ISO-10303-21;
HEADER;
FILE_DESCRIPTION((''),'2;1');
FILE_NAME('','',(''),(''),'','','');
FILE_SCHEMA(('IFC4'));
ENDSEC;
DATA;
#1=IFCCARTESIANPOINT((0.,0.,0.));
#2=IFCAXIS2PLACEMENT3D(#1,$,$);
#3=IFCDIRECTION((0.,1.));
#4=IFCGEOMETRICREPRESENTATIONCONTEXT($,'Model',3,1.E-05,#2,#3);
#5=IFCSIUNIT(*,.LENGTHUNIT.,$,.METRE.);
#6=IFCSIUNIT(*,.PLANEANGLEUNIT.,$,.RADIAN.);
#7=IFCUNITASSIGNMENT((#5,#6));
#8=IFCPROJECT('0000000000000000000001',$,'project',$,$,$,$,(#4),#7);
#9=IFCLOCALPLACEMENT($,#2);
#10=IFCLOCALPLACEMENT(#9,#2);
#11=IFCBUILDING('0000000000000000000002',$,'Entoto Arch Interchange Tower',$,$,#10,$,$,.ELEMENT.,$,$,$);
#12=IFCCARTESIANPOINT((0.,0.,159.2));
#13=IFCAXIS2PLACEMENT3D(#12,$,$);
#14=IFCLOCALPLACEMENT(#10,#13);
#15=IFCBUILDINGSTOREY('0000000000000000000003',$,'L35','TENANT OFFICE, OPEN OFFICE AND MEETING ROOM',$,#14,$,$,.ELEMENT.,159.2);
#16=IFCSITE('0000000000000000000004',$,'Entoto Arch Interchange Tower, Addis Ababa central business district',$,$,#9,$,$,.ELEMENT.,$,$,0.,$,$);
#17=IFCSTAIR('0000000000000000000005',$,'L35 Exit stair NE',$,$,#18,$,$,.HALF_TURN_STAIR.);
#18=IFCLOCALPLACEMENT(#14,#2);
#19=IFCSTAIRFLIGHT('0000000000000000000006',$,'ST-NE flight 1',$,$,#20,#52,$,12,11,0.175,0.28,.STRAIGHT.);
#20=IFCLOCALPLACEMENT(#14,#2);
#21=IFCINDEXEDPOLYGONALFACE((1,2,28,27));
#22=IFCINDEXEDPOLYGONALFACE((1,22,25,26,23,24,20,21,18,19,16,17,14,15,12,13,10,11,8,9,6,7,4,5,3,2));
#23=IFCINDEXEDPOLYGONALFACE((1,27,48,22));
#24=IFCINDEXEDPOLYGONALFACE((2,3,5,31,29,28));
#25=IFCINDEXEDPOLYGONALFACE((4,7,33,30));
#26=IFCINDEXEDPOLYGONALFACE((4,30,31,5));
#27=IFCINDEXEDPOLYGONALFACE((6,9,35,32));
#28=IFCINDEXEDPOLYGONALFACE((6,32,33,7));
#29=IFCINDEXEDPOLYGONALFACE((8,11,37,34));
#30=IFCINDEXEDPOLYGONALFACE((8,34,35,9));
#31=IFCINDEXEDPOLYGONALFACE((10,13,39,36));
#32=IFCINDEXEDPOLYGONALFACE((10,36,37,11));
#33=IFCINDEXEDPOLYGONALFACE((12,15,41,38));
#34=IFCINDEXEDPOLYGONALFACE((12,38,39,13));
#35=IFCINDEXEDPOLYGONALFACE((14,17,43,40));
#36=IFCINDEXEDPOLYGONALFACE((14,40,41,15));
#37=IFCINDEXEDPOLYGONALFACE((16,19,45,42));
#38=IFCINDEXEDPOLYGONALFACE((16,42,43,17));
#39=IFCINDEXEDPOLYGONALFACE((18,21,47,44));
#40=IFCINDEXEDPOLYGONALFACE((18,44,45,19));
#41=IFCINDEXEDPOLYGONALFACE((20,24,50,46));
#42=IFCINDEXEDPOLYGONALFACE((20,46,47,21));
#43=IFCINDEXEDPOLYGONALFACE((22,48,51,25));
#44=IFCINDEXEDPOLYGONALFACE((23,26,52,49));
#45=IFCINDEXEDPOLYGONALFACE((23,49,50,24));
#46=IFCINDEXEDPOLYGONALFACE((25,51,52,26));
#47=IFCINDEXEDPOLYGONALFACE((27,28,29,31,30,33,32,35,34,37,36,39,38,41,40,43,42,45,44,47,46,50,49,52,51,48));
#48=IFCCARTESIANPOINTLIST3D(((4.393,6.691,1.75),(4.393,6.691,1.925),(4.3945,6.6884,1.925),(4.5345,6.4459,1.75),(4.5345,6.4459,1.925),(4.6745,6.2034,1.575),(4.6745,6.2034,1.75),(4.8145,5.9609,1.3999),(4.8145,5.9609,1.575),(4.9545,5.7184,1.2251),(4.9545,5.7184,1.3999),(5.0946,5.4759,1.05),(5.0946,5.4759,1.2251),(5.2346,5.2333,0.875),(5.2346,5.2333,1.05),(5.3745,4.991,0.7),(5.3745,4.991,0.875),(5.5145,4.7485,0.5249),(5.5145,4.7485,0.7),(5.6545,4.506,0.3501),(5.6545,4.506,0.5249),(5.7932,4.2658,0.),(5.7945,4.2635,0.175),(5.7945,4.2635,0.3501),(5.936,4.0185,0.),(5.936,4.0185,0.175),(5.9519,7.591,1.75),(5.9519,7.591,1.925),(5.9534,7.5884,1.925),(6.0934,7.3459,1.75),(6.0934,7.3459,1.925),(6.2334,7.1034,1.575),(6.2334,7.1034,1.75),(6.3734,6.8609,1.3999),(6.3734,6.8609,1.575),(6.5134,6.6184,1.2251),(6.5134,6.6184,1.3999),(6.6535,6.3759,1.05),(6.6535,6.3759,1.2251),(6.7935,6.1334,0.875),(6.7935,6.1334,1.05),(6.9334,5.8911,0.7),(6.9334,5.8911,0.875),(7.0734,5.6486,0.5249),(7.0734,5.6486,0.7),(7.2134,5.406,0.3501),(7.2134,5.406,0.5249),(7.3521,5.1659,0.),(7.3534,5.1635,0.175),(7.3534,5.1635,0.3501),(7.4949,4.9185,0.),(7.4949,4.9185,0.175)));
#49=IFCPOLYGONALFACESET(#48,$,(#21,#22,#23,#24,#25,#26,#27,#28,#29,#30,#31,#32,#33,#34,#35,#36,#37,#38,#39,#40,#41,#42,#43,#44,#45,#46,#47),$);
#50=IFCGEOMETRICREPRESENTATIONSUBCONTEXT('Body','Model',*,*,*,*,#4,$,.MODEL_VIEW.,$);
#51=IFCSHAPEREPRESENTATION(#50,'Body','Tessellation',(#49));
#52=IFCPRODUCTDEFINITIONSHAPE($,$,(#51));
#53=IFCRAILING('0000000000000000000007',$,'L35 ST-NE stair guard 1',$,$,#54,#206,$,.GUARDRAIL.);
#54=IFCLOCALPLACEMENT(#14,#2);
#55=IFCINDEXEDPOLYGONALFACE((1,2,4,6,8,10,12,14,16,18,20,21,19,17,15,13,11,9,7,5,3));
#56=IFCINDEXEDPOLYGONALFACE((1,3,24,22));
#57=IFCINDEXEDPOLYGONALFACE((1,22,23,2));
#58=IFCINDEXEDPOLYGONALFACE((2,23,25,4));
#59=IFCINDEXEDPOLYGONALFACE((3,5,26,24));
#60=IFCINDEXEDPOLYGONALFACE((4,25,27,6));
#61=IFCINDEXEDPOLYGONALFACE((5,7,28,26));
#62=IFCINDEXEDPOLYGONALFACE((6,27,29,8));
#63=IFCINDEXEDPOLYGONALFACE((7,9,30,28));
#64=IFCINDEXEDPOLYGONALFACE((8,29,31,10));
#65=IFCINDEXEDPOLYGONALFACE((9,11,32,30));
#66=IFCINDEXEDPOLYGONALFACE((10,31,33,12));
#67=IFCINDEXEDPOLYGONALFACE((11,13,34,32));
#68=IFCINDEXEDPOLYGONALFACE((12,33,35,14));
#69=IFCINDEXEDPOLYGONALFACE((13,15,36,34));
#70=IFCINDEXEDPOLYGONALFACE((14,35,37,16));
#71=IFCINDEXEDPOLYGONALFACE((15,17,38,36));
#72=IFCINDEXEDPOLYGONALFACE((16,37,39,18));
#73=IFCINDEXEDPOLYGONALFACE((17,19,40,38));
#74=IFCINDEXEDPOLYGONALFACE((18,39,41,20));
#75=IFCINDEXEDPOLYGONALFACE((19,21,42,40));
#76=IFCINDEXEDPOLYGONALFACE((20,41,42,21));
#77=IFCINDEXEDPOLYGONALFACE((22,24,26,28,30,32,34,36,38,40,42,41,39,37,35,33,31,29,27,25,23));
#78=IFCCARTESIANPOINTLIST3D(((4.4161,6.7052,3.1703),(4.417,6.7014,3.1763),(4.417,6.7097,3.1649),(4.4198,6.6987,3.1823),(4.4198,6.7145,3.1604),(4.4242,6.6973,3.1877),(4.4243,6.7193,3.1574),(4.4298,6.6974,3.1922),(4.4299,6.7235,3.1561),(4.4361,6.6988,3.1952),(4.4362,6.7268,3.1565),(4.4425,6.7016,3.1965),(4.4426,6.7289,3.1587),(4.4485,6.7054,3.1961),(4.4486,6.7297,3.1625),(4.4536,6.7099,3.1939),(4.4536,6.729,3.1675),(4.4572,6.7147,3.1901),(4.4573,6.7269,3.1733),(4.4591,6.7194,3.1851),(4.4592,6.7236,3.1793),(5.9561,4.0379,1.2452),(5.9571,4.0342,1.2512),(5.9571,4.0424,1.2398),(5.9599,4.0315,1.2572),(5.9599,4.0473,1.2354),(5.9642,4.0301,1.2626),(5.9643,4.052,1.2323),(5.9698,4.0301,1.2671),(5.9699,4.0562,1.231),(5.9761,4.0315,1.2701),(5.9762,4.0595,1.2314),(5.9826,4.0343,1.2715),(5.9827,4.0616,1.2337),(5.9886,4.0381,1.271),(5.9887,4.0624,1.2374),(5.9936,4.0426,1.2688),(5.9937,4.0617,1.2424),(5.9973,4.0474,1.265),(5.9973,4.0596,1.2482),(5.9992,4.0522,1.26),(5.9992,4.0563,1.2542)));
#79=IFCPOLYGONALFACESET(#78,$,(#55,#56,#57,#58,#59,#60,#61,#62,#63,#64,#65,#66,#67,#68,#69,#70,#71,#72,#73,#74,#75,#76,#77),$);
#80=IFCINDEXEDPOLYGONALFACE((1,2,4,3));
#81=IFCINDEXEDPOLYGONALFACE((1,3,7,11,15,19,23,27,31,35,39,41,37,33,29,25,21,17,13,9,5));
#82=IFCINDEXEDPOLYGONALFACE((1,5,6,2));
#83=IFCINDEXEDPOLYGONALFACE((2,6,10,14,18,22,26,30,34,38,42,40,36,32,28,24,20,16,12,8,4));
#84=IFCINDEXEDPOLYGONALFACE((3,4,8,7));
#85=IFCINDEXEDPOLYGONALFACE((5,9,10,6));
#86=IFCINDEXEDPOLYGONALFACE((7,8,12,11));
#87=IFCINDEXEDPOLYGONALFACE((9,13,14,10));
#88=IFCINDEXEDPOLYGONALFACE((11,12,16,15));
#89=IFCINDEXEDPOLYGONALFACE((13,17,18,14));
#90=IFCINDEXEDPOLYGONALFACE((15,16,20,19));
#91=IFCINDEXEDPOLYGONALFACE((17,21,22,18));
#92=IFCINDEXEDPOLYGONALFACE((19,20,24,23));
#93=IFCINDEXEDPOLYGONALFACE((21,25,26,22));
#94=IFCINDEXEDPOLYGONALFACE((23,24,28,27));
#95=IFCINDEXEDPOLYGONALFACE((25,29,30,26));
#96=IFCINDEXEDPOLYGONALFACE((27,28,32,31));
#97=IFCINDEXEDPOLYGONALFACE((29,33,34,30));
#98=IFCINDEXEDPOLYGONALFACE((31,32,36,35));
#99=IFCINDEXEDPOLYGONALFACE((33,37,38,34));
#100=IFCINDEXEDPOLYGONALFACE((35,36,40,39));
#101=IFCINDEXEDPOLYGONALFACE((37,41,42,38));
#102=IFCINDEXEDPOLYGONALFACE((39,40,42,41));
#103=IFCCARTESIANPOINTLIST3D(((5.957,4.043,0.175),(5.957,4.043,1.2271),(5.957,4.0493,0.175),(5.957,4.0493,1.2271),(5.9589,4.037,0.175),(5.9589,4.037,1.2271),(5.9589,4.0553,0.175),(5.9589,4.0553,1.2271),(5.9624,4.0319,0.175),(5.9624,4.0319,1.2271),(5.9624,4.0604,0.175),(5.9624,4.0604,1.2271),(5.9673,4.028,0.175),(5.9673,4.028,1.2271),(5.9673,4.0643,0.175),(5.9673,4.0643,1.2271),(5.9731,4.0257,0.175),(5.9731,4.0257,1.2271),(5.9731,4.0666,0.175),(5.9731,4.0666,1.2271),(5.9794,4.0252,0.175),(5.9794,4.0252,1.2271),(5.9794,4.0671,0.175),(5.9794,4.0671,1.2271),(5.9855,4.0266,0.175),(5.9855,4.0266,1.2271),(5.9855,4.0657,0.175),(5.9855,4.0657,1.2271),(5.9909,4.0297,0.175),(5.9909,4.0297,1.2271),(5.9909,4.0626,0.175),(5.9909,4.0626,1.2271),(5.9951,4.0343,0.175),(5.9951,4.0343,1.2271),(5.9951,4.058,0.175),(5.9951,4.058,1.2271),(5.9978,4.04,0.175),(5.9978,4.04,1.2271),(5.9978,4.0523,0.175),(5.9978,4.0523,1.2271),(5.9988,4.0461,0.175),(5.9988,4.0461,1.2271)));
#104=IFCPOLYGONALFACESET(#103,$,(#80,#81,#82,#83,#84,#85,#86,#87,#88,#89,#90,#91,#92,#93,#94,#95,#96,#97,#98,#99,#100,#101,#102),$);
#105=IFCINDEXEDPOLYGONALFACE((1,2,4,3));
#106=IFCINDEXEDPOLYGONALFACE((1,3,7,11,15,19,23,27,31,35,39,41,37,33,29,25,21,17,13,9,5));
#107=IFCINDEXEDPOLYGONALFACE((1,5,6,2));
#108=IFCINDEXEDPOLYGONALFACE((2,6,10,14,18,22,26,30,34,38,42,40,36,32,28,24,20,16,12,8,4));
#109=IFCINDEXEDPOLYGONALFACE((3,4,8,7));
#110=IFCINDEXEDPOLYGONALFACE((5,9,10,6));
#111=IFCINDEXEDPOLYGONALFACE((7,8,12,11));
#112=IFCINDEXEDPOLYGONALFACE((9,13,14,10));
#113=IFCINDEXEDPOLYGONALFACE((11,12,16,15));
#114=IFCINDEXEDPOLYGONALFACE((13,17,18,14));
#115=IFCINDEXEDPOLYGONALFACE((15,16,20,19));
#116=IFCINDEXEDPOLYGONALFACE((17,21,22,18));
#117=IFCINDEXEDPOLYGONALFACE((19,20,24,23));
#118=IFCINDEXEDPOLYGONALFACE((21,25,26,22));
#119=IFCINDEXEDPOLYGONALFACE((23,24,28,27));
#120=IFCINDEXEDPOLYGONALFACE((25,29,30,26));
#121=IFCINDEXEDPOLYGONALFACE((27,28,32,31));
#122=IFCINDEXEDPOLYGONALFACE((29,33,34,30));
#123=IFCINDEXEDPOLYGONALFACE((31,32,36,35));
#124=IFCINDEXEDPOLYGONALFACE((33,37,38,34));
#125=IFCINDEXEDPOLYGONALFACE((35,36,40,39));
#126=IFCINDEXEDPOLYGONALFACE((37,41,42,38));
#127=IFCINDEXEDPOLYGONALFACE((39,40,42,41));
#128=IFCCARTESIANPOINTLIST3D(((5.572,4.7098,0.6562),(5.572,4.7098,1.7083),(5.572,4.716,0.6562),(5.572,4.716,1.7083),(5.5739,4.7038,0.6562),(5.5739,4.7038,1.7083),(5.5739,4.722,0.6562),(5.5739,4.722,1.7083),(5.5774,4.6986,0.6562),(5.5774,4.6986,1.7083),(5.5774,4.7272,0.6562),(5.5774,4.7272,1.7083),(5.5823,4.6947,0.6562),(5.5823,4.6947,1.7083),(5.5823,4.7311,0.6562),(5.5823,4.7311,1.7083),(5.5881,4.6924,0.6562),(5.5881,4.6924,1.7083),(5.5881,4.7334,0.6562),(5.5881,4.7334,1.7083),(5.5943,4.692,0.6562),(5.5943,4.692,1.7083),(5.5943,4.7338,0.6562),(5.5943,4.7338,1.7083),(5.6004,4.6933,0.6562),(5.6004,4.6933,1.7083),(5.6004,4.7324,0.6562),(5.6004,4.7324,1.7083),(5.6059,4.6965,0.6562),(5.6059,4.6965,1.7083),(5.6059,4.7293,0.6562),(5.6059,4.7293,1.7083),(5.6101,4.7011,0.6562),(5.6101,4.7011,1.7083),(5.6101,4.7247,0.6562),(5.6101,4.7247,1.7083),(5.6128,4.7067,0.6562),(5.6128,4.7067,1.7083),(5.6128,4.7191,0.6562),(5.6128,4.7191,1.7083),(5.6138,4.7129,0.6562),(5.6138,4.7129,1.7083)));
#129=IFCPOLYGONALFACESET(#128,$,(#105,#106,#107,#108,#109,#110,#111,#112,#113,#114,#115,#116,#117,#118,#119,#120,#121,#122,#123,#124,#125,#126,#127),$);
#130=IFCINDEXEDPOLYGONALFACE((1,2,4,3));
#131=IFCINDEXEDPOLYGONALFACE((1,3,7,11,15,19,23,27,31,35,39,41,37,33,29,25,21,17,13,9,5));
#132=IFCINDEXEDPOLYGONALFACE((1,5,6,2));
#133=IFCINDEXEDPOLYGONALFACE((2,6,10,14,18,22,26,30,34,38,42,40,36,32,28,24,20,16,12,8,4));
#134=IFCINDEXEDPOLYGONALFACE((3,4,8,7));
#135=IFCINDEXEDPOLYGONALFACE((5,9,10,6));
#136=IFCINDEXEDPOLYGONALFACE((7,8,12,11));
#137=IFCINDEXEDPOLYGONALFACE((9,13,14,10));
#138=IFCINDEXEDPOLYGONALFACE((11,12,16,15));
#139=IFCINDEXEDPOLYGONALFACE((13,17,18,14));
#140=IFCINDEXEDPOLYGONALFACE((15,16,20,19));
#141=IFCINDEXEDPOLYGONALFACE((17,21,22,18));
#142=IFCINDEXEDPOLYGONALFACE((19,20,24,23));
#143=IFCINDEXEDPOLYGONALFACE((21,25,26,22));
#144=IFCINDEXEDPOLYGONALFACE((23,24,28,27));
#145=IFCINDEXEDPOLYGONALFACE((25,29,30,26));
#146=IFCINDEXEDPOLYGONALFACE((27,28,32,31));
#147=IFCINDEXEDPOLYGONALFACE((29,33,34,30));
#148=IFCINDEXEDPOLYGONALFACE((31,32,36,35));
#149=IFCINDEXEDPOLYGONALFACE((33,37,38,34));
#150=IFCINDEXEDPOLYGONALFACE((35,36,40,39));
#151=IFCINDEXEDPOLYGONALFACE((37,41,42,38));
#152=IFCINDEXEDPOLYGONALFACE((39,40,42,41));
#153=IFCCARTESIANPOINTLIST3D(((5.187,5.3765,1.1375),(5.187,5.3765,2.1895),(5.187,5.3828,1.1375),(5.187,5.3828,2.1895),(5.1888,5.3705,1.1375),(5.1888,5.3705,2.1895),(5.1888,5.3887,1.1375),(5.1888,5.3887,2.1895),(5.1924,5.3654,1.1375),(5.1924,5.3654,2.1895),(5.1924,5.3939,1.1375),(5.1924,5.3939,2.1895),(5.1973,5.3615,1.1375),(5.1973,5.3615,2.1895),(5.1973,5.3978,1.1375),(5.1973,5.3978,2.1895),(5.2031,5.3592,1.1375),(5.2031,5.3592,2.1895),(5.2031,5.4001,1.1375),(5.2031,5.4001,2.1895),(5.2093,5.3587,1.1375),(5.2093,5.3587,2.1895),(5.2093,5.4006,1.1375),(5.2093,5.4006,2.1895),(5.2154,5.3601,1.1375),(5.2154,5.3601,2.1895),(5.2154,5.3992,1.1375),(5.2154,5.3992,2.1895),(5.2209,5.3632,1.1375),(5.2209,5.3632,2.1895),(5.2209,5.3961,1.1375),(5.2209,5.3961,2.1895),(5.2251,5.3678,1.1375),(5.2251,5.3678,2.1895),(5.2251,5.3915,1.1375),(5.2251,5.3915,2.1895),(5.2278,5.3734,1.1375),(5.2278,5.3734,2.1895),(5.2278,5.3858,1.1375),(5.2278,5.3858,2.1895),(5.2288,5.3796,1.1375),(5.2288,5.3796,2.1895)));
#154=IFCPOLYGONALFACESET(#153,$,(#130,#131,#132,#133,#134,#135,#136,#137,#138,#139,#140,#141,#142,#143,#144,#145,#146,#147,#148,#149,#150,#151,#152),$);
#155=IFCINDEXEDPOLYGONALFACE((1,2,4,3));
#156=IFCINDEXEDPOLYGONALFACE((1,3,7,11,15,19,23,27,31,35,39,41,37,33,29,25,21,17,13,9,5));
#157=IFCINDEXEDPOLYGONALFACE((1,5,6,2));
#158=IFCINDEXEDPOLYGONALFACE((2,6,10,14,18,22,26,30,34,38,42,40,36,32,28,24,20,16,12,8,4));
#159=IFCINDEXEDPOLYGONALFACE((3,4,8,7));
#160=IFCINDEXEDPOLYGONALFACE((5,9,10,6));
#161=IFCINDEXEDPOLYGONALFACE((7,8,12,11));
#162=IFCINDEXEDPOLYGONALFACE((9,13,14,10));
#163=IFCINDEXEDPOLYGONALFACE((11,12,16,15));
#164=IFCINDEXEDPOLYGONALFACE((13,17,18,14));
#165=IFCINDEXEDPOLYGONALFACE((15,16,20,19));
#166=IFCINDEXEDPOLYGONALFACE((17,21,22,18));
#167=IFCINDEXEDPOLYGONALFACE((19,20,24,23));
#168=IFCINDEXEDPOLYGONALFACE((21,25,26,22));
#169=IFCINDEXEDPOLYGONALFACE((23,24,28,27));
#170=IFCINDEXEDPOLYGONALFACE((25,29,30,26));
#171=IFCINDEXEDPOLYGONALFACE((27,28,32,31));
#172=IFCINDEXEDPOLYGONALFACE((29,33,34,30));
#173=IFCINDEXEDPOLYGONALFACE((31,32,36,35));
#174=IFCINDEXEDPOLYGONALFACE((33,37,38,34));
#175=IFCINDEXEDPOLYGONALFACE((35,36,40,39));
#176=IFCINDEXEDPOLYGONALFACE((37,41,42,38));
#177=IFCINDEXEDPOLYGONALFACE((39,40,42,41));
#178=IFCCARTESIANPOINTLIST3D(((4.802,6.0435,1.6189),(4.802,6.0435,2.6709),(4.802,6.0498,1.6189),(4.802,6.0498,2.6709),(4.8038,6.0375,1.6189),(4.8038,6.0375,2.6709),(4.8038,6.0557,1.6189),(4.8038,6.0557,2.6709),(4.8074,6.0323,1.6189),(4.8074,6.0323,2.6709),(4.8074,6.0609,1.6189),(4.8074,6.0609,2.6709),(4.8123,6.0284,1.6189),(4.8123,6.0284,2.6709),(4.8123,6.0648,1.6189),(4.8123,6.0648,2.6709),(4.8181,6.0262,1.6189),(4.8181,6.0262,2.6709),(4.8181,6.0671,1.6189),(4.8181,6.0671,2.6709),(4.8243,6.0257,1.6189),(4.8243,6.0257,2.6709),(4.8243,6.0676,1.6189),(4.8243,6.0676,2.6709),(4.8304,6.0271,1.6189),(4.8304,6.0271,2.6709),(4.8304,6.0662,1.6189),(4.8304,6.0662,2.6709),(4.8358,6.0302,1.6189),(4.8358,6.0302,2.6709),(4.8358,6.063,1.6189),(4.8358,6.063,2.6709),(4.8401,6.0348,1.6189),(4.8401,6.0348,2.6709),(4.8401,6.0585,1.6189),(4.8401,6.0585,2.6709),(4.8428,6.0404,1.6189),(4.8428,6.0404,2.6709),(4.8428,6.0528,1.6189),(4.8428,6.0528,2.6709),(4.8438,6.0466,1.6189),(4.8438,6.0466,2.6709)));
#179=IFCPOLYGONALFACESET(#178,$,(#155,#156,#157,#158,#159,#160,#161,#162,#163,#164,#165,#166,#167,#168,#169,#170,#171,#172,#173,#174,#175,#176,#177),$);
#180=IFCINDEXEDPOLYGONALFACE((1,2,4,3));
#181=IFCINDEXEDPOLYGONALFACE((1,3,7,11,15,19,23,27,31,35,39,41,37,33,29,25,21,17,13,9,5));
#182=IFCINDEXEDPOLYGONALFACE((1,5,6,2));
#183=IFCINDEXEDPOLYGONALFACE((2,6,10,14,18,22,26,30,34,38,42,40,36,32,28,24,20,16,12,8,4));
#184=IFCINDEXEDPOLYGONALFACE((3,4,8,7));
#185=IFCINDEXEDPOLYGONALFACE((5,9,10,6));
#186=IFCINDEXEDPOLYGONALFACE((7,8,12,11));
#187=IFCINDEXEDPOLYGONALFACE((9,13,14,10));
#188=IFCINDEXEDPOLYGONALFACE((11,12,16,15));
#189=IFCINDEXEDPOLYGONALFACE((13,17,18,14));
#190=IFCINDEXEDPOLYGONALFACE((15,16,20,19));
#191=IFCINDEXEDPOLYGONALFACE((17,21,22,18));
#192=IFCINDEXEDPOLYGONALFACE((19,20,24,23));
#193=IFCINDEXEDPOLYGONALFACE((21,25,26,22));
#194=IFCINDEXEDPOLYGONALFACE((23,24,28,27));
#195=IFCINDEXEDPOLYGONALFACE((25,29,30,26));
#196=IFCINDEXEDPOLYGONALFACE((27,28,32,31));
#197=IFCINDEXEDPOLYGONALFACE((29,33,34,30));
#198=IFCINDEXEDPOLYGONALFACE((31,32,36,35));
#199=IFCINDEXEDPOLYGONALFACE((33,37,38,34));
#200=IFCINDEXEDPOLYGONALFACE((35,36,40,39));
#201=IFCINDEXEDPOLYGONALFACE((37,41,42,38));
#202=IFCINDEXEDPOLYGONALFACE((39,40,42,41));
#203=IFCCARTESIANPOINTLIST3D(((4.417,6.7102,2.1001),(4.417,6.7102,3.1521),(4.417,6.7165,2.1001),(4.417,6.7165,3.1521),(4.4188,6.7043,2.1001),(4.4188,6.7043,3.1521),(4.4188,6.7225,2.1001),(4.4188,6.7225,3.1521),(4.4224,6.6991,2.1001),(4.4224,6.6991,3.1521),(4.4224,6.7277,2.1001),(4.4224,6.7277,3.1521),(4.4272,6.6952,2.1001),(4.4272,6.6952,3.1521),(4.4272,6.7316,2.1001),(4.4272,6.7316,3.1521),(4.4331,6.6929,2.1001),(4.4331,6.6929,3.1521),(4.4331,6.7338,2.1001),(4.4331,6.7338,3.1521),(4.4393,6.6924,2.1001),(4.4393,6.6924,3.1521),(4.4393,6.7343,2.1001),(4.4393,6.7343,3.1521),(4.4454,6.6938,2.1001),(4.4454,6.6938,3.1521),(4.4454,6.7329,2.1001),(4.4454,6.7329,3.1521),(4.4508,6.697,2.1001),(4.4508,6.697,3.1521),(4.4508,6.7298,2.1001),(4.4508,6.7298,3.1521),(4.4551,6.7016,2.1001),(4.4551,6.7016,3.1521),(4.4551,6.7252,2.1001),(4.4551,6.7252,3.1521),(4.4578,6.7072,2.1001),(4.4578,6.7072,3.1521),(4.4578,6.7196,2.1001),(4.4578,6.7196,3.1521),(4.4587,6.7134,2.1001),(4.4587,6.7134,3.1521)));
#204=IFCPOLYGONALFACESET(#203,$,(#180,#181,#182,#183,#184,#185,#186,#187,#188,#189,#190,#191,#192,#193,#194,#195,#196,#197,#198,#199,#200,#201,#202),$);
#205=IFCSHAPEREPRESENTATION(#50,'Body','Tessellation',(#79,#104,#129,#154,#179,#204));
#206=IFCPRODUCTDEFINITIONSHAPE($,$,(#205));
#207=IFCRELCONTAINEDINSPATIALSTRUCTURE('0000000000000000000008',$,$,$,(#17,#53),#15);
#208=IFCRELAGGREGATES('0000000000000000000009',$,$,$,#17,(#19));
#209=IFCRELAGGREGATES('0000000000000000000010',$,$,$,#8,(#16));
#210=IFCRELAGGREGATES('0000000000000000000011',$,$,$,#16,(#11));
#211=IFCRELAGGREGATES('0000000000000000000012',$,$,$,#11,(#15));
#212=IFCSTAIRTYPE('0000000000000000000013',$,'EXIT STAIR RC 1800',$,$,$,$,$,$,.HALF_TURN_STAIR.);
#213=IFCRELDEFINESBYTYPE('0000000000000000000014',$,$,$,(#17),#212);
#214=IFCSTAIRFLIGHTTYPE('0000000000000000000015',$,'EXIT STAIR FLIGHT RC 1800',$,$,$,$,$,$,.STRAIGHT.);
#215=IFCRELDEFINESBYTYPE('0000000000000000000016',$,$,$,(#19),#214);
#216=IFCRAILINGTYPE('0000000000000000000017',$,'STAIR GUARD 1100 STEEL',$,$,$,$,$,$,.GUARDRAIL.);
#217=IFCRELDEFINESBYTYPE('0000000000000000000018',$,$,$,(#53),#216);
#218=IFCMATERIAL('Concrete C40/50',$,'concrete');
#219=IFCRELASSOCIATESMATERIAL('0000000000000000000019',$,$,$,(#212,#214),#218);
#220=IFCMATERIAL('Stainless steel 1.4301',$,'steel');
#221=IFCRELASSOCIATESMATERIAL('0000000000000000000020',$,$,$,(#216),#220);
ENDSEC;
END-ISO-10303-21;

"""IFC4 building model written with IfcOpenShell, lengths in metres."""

from ifc_helpers import new_model, si_unit, direction, frame, origin, origin_2d, place, context, subcontext, project, spatial, polyline, circle, outline, extrude, material, type_object, element, aggregate, save


model = new_model("IFC4")

# Units and contexts
model_context = context("Model", 3, precision=1e-05, world=origin(), true_north=direction((0.0, 1.0)))
body_context = subcontext(model_context, "Body", "Model", "MODEL_VIEW")
ifc_project = project(units=[si_unit("LENGTHUNIT", "METRE"), si_unit("PLANEANGLEUNIT", "RADIAN")], contexts=[model_context])

# Site, building, storey
site_placement = place(None, origin())
site = spatial("IfcSite", under=ifc_project, at=site_placement, Name="Entoto Arch Interchange Tower, Addis Ababa central business district", CompositionType="ELEMENT", RefElevation=0.0)
building_placement = place(site_placement, origin())
building = spatial("IfcBuilding", under=site, at=building_placement, Name="Entoto Arch Interchange Tower", CompositionType="ELEMENT")
storey_placement = place(building_placement, frame((0.0, 0.0, 159.2)))
storey = spatial("IfcBuildingStorey", under=building, at=storey_placement, Name="L35", Description="TENANT OFFICE, OPEN OFFICE AND MEETING ROOM", CompositionType="ELEMENT", Elevation=159.2)

# Shared definitions
ifc_material_1 = material(Name="Concrete C40/50", Category="concrete")

# Stair, stair flight
stair_type = type_object("IfcStairType", Name="EXIT STAIR RC 1800", PredefinedType="HALF_TURN_STAIR", material=ifc_material_1)
stair_placement = place(storey_placement, origin())
stair = element("IfcStair", 1, at=stair_placement, inside=storey, type_object=stair_type, Name="L35 Exit stair NE", PredefinedType="HALF_TURN_STAIR")
stair_flight_type = type_object("IfcStairFlightType", Name="EXIT STAIR FLIGHT RC 1800", PredefinedType="STRAIGHT", material=ifc_material_1)
stair_flight_placement = place(storey_placement, frame((6.7139, 4.4709, 0.0), z_axis=(0.0, 0.0, 1.0), x_axis=(-0.5, 0.866025, 0.0)))
stair_flight = element("IfcStairFlight", 2, at=stair_flight_placement, type_object=stair_flight_type, Name="ST-NE flight 1", NumberOfRisers=12, NumberOfTreads=11, PredefinedType="STRAIGHT", RiserHeight=0.175, TreadLength=0.28, context=body_context, shape_type="SweptSolid", body=[
    extrude(outline(polyline([(-0.0029, 0.0), (-0.0029, 0.175), (0.28, 0.175), (0.28, 0.3501), (0.5601, 0.3501), (0.5601, 0.5249), (0.8401, 0.5249), (0.8401, 0.7), (1.1201, 0.7), (1.1201, 0.875), (1.3999, 0.875), (1.3999, 1.05), (1.6799, 1.05), (1.6799, 1.2251), (1.96, 1.2251), (1.96, 1.3999), (2.24, 1.3999), (2.24, 1.575), (2.52, 1.575), (2.52, 1.75), (2.8, 1.75), (2.8, 1.925), (3.0801, 1.925), (3.083, 1.925), (3.083, 1.75), (0.2827, 0.0), (-0.0029, 0.0)])), frame((0.0, 0.8999, 0.0), z_axis=(0.0, -1.0, 0.0), x_axis=(1.0, 0.0, 0.0)), (0.0, 0.0, 1.0), 1.8),
])
aggregate(stair, [stair_flight])

# Railing
ifc_material_2 = material(Name="Stainless steel 1.4301", Category="steel")
railing_type_1 = type_object("IfcRailingType", Name="STAIR GUARD 1100 STEEL", PredefinedType="GUARDRAIL", material=ifc_material_2)
railing_1_placement = place(storey_placement, frame((5.9778, 4.0461, 0.175)))
element("IfcRailing", 3, at=railing_1_placement, inside=storey, type_object=railing_type_1, Name="L35 ST-NE stair guard 1", PredefinedType="GUARDRAIL", context=body_context, shape_type="SweptSolid", body=[
    extrude(circle(Radius=0.0239, at=origin_2d()), frame((0.0, 0.0, 1.0762), z_axis=(-0.424015, 0.734364, 0.530019), x_axis=(-0.86601, -0.500027, 0.0)), (0.0, 0.0, 1.0), 3.6321),
    extrude(circle(Radius=0.021, at=origin_2d()), origin(), (0.0, 0.0, 1.0), 1.052),
    extrude(circle(Radius=0.021, at=origin_2d()), frame((-0.385, 0.6667, 0.4812)), (0.0, 0.0, 1.0), 1.052),
    extrude(circle(Radius=0.021, at=origin_2d()), frame((-0.77, 1.3335, 0.9624)), (0.0, 0.0, 1.0), 1.052),
    extrude(circle(Radius=0.021, at=origin_2d()), frame((-1.155, 2.0005, 1.4438)), (0.0, 0.0, 1.0), 1.052),
    extrude(circle(Radius=0.021, at=origin_2d()), frame((-1.54, 2.6672, 1.925)), (0.0, 0.0, 1.0), 1.052),
])

save(model, "model.ifc")
